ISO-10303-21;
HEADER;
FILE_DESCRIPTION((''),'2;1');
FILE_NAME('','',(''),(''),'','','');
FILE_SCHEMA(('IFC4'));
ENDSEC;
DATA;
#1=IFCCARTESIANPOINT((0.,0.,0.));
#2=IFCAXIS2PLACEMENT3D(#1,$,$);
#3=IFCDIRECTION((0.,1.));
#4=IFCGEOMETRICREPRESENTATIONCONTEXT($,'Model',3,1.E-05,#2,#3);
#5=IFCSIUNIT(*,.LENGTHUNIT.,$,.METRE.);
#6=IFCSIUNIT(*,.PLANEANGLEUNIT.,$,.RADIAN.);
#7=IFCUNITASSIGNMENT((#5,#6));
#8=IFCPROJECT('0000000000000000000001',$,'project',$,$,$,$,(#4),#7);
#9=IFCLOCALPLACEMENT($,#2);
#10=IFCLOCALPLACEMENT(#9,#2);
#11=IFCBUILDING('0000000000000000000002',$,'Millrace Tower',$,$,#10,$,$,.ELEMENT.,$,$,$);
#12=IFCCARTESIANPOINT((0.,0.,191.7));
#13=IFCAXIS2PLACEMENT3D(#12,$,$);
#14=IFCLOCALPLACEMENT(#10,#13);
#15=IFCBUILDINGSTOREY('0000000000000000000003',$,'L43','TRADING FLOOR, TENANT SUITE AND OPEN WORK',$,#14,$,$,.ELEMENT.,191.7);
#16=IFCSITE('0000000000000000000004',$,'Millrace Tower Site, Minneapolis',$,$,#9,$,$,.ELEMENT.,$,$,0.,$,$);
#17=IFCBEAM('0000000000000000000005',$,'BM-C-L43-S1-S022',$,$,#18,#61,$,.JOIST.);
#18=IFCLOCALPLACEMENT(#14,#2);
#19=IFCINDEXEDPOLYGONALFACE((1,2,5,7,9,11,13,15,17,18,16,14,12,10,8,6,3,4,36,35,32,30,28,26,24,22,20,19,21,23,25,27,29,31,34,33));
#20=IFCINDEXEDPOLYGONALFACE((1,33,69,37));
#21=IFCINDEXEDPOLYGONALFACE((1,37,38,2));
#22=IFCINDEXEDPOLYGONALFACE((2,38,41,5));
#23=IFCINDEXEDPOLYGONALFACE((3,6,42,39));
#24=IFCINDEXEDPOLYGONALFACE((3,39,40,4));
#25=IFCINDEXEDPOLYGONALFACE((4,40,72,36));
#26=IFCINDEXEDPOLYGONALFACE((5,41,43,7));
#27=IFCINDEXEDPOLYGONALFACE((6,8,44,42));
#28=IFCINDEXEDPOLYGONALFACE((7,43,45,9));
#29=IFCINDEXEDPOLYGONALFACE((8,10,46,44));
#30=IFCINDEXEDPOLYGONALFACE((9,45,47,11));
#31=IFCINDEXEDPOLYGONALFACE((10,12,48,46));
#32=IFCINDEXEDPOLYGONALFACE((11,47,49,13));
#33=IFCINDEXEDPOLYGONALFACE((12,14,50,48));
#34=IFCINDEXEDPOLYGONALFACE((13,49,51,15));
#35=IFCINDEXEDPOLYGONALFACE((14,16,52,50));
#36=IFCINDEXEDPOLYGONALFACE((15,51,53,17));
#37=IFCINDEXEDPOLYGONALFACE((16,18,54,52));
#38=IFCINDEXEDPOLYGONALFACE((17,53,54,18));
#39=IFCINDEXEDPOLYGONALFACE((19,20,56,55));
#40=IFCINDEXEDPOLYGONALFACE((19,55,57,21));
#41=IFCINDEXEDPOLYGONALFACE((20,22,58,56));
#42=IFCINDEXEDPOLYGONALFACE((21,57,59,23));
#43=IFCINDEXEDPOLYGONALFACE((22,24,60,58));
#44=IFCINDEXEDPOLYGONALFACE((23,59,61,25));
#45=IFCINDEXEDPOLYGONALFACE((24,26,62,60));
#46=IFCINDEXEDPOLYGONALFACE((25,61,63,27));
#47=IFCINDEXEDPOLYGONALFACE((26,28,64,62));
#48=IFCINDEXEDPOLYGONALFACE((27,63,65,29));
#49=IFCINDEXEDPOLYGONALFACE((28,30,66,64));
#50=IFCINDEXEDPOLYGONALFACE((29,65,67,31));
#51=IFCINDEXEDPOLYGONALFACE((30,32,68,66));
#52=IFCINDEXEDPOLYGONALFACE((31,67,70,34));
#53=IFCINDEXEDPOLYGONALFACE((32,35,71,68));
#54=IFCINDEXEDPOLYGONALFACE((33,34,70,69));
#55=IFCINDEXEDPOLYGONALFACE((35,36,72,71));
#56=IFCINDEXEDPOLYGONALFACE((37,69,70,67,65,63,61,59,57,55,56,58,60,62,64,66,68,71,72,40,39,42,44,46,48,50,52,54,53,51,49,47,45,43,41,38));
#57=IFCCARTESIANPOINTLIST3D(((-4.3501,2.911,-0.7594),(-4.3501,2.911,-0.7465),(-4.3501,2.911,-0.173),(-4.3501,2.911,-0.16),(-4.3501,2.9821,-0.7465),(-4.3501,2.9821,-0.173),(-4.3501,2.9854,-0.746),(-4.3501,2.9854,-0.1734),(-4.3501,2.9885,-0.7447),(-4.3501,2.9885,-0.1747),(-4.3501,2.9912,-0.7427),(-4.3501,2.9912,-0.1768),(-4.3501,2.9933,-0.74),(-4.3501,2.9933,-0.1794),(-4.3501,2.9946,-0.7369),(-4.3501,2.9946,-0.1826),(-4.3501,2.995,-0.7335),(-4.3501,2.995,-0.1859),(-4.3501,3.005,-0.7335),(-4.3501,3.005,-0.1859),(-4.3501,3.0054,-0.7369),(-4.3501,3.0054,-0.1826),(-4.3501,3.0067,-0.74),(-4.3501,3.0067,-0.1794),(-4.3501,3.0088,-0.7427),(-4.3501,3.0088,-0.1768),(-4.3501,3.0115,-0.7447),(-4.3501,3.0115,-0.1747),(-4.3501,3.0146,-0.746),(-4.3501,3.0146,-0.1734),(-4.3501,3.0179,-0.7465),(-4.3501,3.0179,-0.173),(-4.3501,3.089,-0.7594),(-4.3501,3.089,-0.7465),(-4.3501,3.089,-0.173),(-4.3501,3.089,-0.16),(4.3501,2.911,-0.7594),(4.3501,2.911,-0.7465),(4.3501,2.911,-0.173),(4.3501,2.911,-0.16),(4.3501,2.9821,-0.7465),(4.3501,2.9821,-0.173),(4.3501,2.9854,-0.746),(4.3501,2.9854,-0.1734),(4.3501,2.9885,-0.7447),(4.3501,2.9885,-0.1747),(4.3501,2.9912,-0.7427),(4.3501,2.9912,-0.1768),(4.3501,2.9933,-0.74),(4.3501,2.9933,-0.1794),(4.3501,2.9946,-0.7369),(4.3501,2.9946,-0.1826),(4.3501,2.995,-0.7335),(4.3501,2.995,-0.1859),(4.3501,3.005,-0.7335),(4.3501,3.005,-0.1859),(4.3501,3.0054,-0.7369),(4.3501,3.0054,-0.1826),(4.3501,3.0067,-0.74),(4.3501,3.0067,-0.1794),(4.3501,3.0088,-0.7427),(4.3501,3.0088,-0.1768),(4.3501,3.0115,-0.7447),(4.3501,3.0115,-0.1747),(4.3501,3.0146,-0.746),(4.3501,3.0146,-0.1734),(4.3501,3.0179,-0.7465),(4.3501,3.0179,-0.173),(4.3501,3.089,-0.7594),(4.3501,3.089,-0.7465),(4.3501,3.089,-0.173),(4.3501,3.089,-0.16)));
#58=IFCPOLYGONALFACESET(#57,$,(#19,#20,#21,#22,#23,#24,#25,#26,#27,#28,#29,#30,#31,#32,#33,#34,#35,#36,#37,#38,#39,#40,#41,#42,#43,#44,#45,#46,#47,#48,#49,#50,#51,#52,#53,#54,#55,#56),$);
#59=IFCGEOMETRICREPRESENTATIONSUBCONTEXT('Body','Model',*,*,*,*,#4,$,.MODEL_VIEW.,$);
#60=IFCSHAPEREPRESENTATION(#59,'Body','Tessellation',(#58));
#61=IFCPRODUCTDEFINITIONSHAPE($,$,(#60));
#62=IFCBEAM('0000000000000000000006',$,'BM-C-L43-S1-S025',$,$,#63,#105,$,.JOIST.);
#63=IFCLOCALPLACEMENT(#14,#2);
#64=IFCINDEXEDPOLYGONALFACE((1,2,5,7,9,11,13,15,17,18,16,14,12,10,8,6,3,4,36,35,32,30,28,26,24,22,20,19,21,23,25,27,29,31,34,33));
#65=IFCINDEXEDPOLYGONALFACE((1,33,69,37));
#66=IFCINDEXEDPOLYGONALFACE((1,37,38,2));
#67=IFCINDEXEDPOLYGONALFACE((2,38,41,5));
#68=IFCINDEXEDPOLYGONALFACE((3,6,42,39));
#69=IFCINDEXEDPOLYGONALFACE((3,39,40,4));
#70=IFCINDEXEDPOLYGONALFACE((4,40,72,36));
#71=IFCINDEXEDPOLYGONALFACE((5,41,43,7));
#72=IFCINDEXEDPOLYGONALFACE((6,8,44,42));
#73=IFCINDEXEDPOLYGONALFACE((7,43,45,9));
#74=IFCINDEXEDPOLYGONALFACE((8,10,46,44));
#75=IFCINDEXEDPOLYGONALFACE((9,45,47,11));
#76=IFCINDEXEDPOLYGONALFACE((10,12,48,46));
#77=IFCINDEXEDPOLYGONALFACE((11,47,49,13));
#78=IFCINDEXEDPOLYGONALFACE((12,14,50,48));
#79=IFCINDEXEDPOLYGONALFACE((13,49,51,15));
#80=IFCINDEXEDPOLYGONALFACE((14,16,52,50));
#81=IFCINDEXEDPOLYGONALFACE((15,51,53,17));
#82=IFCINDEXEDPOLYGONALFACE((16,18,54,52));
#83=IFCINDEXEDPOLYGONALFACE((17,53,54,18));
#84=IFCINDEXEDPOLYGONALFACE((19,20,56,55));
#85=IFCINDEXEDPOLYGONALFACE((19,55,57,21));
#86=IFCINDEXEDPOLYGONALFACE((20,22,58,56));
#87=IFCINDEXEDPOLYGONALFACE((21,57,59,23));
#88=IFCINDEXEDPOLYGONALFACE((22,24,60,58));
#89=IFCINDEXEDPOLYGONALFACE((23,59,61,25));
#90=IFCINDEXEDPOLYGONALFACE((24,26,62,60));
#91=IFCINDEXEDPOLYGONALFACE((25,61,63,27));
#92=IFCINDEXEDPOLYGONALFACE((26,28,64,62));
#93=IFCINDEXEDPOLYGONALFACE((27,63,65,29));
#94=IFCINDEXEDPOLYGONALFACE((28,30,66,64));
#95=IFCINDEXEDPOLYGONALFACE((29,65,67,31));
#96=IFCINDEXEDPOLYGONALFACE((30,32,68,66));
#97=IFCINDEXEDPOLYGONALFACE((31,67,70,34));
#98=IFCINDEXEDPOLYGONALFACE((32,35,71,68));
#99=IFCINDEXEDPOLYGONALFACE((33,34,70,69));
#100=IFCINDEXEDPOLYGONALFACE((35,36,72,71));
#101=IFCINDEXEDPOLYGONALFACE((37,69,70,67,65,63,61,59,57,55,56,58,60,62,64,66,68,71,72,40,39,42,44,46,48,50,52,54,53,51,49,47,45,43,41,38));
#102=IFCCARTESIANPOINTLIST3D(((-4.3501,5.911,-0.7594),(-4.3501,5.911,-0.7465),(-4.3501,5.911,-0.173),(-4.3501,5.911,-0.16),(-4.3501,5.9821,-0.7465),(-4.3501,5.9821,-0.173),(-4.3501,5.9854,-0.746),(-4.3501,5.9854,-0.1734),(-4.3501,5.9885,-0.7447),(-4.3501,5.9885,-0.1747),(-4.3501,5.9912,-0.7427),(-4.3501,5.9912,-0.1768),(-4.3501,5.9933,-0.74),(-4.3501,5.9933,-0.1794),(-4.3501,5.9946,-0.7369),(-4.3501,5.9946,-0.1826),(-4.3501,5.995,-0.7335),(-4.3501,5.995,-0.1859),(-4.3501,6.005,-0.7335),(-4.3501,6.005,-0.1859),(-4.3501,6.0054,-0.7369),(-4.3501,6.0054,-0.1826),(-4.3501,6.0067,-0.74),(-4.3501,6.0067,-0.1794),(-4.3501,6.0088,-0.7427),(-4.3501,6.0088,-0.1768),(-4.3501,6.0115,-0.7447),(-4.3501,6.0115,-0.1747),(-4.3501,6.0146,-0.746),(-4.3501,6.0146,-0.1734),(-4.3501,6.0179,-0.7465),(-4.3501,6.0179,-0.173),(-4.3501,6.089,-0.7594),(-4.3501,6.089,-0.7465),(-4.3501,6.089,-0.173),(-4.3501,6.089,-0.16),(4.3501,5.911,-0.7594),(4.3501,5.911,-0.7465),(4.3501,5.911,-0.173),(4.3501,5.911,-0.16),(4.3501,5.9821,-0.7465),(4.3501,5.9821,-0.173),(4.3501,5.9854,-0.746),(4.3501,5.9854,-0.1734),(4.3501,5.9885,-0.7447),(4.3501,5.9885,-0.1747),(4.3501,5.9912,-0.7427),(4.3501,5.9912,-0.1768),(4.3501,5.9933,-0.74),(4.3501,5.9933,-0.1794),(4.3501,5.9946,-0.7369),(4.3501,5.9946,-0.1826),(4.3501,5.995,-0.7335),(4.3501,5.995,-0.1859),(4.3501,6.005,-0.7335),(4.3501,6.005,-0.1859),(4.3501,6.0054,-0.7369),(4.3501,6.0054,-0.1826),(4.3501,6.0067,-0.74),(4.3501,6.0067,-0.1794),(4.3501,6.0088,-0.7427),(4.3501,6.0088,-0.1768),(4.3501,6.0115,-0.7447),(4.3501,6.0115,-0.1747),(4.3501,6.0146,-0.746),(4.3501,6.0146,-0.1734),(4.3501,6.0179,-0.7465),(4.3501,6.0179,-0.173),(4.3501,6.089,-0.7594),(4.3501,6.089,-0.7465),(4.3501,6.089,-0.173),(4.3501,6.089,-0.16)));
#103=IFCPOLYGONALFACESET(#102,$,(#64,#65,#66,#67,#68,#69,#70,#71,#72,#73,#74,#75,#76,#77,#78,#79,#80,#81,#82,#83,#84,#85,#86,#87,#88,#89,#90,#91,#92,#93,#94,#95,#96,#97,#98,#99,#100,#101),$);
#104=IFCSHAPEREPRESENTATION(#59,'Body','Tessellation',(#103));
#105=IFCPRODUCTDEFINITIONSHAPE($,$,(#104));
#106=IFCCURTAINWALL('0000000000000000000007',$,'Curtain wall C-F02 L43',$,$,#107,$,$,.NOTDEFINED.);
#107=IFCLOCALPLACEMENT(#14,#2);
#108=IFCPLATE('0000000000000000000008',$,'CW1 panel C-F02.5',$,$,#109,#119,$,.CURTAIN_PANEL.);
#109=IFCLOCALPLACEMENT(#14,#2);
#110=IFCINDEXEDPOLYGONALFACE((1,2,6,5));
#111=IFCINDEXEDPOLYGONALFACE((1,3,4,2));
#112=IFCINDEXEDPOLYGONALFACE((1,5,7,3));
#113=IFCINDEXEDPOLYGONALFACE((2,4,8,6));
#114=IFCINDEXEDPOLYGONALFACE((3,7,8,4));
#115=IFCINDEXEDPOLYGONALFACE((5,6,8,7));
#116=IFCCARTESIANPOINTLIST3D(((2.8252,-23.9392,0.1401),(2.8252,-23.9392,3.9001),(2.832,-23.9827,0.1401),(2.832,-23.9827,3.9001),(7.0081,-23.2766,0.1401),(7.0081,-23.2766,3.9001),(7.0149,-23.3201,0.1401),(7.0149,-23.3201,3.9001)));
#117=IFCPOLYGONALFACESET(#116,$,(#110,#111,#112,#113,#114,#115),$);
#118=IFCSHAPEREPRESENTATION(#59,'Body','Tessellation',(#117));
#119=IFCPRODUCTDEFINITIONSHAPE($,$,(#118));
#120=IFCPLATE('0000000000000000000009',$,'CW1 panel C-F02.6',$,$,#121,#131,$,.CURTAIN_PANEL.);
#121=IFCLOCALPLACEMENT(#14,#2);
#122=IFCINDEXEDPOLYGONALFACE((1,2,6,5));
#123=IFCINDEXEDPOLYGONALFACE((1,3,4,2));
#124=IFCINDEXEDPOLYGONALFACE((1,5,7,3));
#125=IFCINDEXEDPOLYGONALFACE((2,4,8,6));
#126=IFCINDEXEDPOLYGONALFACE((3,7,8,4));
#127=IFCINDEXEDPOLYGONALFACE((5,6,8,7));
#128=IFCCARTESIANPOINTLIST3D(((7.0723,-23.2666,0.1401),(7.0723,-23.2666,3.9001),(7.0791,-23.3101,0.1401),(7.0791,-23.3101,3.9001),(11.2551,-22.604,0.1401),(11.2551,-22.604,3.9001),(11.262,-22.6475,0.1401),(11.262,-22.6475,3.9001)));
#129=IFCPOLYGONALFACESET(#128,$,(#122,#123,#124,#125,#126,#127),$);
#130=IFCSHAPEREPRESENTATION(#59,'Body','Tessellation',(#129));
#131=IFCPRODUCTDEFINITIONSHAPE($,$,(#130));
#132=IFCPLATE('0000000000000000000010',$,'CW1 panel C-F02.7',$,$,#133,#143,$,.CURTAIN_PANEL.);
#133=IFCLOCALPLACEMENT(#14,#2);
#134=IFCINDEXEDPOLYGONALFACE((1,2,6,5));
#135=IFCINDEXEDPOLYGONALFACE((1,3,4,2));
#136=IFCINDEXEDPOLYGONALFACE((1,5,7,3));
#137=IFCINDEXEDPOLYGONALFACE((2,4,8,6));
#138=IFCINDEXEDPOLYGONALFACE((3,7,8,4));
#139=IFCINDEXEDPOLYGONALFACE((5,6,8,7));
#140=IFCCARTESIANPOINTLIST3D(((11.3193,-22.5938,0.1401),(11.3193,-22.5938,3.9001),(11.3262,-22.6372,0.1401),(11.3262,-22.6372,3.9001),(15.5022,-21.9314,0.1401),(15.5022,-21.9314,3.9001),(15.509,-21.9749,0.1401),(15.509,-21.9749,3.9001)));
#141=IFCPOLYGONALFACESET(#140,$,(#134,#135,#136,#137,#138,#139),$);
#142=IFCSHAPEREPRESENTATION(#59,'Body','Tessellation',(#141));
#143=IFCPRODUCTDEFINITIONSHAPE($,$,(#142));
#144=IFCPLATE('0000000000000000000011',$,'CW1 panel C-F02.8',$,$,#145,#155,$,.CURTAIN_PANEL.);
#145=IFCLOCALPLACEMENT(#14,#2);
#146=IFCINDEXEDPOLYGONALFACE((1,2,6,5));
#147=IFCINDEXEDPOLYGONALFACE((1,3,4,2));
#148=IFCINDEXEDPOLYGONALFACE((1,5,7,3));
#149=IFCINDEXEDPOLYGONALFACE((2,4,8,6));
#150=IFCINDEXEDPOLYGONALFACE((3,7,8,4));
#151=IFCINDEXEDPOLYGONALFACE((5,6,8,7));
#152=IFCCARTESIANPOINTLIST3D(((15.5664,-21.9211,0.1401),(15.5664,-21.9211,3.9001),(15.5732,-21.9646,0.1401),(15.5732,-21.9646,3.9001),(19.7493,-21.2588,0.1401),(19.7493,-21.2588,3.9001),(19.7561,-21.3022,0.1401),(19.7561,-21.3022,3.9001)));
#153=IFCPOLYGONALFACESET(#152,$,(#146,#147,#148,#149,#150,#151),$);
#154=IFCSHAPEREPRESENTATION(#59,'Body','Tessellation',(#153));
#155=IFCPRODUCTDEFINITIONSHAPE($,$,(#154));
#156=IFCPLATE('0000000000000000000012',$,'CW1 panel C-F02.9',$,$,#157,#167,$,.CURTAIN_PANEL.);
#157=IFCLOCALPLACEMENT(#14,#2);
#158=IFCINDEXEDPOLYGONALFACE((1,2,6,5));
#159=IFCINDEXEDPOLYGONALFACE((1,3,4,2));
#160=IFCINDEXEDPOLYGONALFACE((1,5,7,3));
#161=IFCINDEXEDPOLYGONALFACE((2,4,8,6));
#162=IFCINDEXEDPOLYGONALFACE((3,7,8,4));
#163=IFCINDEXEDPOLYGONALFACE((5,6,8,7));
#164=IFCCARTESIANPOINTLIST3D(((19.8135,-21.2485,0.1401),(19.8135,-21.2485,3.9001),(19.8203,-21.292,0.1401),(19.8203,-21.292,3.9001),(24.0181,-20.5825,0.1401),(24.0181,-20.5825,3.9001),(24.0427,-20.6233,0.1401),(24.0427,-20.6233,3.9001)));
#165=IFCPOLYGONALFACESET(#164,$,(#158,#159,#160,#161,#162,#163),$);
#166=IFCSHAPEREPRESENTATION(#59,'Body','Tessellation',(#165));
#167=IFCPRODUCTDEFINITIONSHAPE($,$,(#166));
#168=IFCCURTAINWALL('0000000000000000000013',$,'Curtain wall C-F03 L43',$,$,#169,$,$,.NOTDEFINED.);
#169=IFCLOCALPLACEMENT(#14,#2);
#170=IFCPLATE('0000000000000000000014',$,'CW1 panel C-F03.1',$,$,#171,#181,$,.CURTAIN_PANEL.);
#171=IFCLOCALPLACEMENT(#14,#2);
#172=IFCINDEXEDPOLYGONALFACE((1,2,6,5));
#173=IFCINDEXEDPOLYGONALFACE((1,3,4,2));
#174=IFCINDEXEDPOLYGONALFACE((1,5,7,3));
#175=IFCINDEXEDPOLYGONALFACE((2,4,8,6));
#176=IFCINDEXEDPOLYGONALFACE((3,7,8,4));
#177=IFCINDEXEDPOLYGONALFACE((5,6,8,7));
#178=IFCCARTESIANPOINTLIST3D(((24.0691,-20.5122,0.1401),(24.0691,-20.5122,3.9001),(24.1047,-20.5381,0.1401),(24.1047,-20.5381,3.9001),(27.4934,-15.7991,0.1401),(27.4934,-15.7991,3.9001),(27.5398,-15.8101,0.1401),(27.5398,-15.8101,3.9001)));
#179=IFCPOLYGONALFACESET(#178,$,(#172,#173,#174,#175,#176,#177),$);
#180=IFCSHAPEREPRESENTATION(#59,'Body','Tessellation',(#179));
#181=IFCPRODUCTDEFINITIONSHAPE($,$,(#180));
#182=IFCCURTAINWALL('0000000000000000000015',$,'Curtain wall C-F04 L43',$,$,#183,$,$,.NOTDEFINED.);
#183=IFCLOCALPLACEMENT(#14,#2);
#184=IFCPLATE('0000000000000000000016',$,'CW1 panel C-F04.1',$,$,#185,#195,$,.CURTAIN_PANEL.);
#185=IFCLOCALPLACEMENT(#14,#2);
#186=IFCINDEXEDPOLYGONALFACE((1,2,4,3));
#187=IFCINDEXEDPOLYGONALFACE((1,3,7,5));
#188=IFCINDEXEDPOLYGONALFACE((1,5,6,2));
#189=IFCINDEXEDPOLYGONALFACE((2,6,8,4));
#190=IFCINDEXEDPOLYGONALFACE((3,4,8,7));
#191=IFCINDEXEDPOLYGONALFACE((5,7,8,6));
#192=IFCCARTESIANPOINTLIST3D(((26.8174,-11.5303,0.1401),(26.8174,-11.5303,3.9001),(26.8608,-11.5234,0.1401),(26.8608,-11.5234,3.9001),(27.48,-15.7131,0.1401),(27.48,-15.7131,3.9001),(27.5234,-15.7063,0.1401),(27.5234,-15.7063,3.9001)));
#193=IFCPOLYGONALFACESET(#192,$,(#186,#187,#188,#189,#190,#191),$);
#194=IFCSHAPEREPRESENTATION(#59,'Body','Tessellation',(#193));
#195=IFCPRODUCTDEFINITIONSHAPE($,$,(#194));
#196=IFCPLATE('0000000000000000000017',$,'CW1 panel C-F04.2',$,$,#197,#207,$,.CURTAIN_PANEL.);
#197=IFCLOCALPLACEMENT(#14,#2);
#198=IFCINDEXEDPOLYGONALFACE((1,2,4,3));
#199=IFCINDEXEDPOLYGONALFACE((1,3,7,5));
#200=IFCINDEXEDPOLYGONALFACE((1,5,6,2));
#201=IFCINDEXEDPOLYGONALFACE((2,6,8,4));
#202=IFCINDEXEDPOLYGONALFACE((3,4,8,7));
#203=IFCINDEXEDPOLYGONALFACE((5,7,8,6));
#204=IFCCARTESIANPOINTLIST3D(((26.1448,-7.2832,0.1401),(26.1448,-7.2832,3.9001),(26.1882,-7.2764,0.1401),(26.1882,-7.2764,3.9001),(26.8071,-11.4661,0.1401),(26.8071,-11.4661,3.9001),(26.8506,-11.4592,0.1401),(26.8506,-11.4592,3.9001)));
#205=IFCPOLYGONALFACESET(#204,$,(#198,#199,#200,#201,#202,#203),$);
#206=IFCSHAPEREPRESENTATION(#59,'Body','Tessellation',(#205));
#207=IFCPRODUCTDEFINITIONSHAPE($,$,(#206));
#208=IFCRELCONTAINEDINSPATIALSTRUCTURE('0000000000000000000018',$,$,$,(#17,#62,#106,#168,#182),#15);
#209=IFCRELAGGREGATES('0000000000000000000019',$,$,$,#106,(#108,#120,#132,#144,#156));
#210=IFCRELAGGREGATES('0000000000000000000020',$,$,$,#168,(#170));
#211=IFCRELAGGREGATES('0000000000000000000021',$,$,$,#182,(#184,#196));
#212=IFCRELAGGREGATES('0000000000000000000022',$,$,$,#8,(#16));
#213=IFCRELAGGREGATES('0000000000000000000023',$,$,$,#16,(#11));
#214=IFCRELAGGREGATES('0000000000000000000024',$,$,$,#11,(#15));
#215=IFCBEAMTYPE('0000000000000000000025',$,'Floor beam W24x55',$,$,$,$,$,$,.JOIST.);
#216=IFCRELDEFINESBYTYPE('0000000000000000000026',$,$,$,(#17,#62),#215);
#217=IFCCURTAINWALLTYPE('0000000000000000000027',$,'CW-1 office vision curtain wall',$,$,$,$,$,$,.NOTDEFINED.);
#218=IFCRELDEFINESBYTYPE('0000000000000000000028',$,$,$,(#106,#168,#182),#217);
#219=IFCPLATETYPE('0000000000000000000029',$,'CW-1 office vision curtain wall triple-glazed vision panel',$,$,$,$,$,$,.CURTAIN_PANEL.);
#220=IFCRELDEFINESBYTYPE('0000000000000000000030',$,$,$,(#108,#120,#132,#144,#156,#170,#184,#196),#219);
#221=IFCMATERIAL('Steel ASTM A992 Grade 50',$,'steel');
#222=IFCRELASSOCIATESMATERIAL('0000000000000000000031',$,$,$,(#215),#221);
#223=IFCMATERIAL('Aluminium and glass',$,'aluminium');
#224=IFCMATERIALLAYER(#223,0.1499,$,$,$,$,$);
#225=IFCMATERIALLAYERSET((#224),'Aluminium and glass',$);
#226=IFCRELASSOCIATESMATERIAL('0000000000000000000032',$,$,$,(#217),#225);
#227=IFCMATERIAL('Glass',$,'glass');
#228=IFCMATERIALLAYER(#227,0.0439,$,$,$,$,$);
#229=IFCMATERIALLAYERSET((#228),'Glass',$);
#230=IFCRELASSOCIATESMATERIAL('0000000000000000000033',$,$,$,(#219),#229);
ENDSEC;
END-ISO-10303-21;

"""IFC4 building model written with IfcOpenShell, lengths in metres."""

from ifc_helpers import new_model, si_unit, direction, frame, origin, origin_2d, place, context, subcontext, project, spatial, polyline, i_section, outline, extrude, material, layer, layer_set, material_profile, profile_set, type_object, element, aggregate, save


model = new_model("IFC4")

# Units and contexts
model_context = context("Model", 3, precision=1e-05, world=origin(), true_north=direction((0.0, 1.0)))
body_context = subcontext(model_context, "Body", "Model", "MODEL_VIEW")
ifc_project = project(units=[si_unit("LENGTHUNIT", "METRE"), si_unit("PLANEANGLEUNIT", "RADIAN")], contexts=[model_context])

# Site, building, storey
site_placement = place(None, origin())
site = spatial("IfcSite", under=ifc_project, at=site_placement, Name="Millrace Tower Site, Minneapolis", CompositionType="ELEMENT", RefElevation=0.0)
building_placement = place(site_placement, origin())
building = spatial("IfcBuilding", under=site, at=building_placement, Name="Millrace Tower", CompositionType="ELEMENT")
storey_placement = place(building_placement, frame((0.0, 0.0, 191.7)))
storey = spatial("IfcBuildingStorey", under=building, at=storey_placement, Name="L43", Description="TRADING FLOOR, TENANT SUITE AND OPEN WORK", CompositionType="ELEMENT", Elevation=191.7)

# Beams
ifc_material_1 = material(Name="Steel ASTM A992 Grade 50", Category="steel")
ifc_material_profile = material_profile(ifc_material_1, i_section(OverallWidth=0.178, OverallDepth=0.5994, WebThickness=0.01, FlangeThickness=0.0129, FilletRadius=0.0129, at=origin_2d()))
ifc_profile_set = profile_set([ifc_material_profile], Name="Steel ASTM A992 Grade 50")
beam_type = type_object("IfcBeamType", Name="Floor beam W24x55", PredefinedType="JOIST", material=ifc_profile_set)
for number, where, z_axis, x_axis, name in (
    (1, (-4.3501, 3.0, -0.4597), (1.0, 0.0, 0.0), (0.0, 1.0, 0.0), "BM-C-L43-S1-S022"),
    (2, (-4.3501, 6.0, -0.4597), (1.0, 0.0, 0.0), (0.0, 1.0, 0.0), "BM-C-L43-S1-S025"),
):
    element("IfcBeam", number, at=place(storey_placement, frame(where, z_axis=z_axis, x_axis=x_axis)), inside=storey, type_object=beam_type, Name=name, PredefinedType="JOIST", context=body_context, shape_type="SweptSolid", body=[
        extrude(i_section(OverallWidth=0.178, OverallDepth=0.5994, WebThickness=0.01, FlangeThickness=0.0129, FilletRadius=0.0129, at=origin_2d()), origin(), (0.0, 0.0, 1.0), 8.7002),
    ])

# Curtain wall, plates
ifc_material_2 = material(Name="Aluminium and glass", Category="aluminium")
ifc_layer_1 = layer(ifc_material_2, 0.1499)
ifc_layer_set_1 = layer_set([ifc_layer_1], Name="Aluminium and glass")
curtain_wall_type = type_object("IfcCurtainWallType", Name="CW-1 office vision curtain wall", PredefinedType="NOTDEFINED", material=ifc_layer_set_1)
placement_1 = place(storey_placement, origin())
curtain_wall_1 = element("IfcCurtainWall", 3, at=placement_1, inside=storey, type_object=curtain_wall_type, Name="Curtain wall C-F02 L43", PredefinedType="NOTDEFINED")
ifc_material_3 = material(Name="Glass", Category="glass")
ifc_layer_2 = layer(ifc_material_3, 0.0439)
ifc_layer_set_2 = layer_set([ifc_layer_2], Name="Glass")
plate_type = type_object("IfcPlateType", Name="CW-1 office vision curtain wall triple-glazed vision panel", PredefinedType="CURTAIN_PANEL", material=ifc_layer_set_2)
placement_2 = place(storey_placement, frame((0.0, 0.0, 0.1401)))
plate_1 = element("IfcPlate", 4, at=placement_2, type_object=plate_type, Name="CW1 panel C-F02.5", PredefinedType="CURTAIN_PANEL", context=body_context, shape_type="SweptSolid", body=[
    extrude(outline(polyline([(2.832, -23.9827), (7.0149, -23.3201), (7.0081, -23.2766), (2.8252, -23.9392), (2.832, -23.9827)])), origin(), (0.0, 0.0, 1.0), 3.76),
])
plate_2 = element("IfcPlate", 5, at=placement_2, type_object=plate_type, Name="CW1 panel C-F02.6", PredefinedType="CURTAIN_PANEL", context=body_context, shape_type="SweptSolid", body=[
    extrude(outline(polyline([(7.0791, -23.3101), (11.262, -22.6475), (11.2551, -22.604), (7.0723, -23.2666), (7.0791, -23.3101)])), origin(), (0.0, 0.0, 1.0), 3.76),
])
plate_3 = element("IfcPlate", 6, at=placement_2, type_object=plate_type, Name="CW1 panel C-F02.7", PredefinedType="CURTAIN_PANEL", context=body_context, shape_type="SweptSolid", body=[
    extrude(outline(polyline([(11.3262, -22.6372), (15.509, -21.9749), (15.5022, -21.9314), (11.3193, -22.5938), (11.3262, -22.6372)])), origin(), (0.0, 0.0, 1.0), 3.76),
])
plate_4 = element("IfcPlate", 7, at=placement_2, type_object=plate_type, Name="CW1 panel C-F02.8", PredefinedType="CURTAIN_PANEL", context=body_context, shape_type="SweptSolid", body=[
    extrude(outline(polyline([(15.5732, -21.9646), (19.7561, -21.3022), (19.7493, -21.2588), (15.5664, -21.9211), (15.5732, -21.9646)])), origin(), (0.0, 0.0, 1.0), 3.76),
])
plate_5 = element("IfcPlate", 8, at=placement_2, type_object=plate_type, Name="CW1 panel C-F02.9", PredefinedType="CURTAIN_PANEL", context=body_context, shape_type="SweptSolid", body=[
    extrude(outline(polyline([(19.8203, -21.292), (24.0427, -20.6233), (24.0181, -20.5825), (19.8135, -21.2485), (19.8203, -21.292)])), origin(), (0.0, 0.0, 1.0), 3.76),
])
aggregate(curtain_wall_1, [plate_1, plate_2, plate_3, plate_4, plate_5])

# Curtain wall, plate
curtain_wall_2 = element("IfcCurtainWall", 9, at=placement_1, inside=storey, type_object=curtain_wall_type, Name="Curtain wall C-F03 L43", PredefinedType="NOTDEFINED")
plate_6 = element("IfcPlate", 10, at=placement_2, type_object=plate_type, Name="CW1 panel C-F03.1", PredefinedType="CURTAIN_PANEL", context=body_context, shape_type="SweptSolid", body=[
    extrude(outline(polyline([(24.1047, -20.5381), (27.5398, -15.8101), (27.4934, -15.7991), (24.0691, -20.5122), (24.1047, -20.5381)])), origin(), (0.0, 0.0, 1.0), 3.76),
])
aggregate(curtain_wall_2, [plate_6])

# Curtain wall, plates
curtain_wall_3 = element("IfcCurtainWall", 11, at=placement_1, inside=storey, type_object=curtain_wall_type, Name="Curtain wall C-F04 L43", PredefinedType="NOTDEFINED")
plate_7 = element("IfcPlate", 12, at=placement_2, type_object=plate_type, Name="CW1 panel C-F04.1", PredefinedType="CURTAIN_PANEL", context=body_context, shape_type="SweptSolid", body=[
    extrude(outline(polyline([(27.5234, -15.7063), (26.8608, -11.5234), (26.8174, -11.5303), (27.48, -15.7131), (27.5234, -15.7063)])), origin(), (0.0, 0.0, 1.0), 3.76),
])
plate_8 = element("IfcPlate", 13, at=placement_2, type_object=plate_type, Name="CW1 panel C-F04.2", PredefinedType="CURTAIN_PANEL", context=body_context, shape_type="SweptSolid", body=[
    extrude(outline(polyline([(26.8506, -11.4592), (26.1882, -7.2764), (26.1448, -7.2832), (26.8071, -11.4661), (26.8506, -11.4592)])), origin(), (0.0, 0.0, 1.0), 3.76),
])
aggregate(curtain_wall_3, [plate_7, plate_8])

save(model, "model.ifc")
